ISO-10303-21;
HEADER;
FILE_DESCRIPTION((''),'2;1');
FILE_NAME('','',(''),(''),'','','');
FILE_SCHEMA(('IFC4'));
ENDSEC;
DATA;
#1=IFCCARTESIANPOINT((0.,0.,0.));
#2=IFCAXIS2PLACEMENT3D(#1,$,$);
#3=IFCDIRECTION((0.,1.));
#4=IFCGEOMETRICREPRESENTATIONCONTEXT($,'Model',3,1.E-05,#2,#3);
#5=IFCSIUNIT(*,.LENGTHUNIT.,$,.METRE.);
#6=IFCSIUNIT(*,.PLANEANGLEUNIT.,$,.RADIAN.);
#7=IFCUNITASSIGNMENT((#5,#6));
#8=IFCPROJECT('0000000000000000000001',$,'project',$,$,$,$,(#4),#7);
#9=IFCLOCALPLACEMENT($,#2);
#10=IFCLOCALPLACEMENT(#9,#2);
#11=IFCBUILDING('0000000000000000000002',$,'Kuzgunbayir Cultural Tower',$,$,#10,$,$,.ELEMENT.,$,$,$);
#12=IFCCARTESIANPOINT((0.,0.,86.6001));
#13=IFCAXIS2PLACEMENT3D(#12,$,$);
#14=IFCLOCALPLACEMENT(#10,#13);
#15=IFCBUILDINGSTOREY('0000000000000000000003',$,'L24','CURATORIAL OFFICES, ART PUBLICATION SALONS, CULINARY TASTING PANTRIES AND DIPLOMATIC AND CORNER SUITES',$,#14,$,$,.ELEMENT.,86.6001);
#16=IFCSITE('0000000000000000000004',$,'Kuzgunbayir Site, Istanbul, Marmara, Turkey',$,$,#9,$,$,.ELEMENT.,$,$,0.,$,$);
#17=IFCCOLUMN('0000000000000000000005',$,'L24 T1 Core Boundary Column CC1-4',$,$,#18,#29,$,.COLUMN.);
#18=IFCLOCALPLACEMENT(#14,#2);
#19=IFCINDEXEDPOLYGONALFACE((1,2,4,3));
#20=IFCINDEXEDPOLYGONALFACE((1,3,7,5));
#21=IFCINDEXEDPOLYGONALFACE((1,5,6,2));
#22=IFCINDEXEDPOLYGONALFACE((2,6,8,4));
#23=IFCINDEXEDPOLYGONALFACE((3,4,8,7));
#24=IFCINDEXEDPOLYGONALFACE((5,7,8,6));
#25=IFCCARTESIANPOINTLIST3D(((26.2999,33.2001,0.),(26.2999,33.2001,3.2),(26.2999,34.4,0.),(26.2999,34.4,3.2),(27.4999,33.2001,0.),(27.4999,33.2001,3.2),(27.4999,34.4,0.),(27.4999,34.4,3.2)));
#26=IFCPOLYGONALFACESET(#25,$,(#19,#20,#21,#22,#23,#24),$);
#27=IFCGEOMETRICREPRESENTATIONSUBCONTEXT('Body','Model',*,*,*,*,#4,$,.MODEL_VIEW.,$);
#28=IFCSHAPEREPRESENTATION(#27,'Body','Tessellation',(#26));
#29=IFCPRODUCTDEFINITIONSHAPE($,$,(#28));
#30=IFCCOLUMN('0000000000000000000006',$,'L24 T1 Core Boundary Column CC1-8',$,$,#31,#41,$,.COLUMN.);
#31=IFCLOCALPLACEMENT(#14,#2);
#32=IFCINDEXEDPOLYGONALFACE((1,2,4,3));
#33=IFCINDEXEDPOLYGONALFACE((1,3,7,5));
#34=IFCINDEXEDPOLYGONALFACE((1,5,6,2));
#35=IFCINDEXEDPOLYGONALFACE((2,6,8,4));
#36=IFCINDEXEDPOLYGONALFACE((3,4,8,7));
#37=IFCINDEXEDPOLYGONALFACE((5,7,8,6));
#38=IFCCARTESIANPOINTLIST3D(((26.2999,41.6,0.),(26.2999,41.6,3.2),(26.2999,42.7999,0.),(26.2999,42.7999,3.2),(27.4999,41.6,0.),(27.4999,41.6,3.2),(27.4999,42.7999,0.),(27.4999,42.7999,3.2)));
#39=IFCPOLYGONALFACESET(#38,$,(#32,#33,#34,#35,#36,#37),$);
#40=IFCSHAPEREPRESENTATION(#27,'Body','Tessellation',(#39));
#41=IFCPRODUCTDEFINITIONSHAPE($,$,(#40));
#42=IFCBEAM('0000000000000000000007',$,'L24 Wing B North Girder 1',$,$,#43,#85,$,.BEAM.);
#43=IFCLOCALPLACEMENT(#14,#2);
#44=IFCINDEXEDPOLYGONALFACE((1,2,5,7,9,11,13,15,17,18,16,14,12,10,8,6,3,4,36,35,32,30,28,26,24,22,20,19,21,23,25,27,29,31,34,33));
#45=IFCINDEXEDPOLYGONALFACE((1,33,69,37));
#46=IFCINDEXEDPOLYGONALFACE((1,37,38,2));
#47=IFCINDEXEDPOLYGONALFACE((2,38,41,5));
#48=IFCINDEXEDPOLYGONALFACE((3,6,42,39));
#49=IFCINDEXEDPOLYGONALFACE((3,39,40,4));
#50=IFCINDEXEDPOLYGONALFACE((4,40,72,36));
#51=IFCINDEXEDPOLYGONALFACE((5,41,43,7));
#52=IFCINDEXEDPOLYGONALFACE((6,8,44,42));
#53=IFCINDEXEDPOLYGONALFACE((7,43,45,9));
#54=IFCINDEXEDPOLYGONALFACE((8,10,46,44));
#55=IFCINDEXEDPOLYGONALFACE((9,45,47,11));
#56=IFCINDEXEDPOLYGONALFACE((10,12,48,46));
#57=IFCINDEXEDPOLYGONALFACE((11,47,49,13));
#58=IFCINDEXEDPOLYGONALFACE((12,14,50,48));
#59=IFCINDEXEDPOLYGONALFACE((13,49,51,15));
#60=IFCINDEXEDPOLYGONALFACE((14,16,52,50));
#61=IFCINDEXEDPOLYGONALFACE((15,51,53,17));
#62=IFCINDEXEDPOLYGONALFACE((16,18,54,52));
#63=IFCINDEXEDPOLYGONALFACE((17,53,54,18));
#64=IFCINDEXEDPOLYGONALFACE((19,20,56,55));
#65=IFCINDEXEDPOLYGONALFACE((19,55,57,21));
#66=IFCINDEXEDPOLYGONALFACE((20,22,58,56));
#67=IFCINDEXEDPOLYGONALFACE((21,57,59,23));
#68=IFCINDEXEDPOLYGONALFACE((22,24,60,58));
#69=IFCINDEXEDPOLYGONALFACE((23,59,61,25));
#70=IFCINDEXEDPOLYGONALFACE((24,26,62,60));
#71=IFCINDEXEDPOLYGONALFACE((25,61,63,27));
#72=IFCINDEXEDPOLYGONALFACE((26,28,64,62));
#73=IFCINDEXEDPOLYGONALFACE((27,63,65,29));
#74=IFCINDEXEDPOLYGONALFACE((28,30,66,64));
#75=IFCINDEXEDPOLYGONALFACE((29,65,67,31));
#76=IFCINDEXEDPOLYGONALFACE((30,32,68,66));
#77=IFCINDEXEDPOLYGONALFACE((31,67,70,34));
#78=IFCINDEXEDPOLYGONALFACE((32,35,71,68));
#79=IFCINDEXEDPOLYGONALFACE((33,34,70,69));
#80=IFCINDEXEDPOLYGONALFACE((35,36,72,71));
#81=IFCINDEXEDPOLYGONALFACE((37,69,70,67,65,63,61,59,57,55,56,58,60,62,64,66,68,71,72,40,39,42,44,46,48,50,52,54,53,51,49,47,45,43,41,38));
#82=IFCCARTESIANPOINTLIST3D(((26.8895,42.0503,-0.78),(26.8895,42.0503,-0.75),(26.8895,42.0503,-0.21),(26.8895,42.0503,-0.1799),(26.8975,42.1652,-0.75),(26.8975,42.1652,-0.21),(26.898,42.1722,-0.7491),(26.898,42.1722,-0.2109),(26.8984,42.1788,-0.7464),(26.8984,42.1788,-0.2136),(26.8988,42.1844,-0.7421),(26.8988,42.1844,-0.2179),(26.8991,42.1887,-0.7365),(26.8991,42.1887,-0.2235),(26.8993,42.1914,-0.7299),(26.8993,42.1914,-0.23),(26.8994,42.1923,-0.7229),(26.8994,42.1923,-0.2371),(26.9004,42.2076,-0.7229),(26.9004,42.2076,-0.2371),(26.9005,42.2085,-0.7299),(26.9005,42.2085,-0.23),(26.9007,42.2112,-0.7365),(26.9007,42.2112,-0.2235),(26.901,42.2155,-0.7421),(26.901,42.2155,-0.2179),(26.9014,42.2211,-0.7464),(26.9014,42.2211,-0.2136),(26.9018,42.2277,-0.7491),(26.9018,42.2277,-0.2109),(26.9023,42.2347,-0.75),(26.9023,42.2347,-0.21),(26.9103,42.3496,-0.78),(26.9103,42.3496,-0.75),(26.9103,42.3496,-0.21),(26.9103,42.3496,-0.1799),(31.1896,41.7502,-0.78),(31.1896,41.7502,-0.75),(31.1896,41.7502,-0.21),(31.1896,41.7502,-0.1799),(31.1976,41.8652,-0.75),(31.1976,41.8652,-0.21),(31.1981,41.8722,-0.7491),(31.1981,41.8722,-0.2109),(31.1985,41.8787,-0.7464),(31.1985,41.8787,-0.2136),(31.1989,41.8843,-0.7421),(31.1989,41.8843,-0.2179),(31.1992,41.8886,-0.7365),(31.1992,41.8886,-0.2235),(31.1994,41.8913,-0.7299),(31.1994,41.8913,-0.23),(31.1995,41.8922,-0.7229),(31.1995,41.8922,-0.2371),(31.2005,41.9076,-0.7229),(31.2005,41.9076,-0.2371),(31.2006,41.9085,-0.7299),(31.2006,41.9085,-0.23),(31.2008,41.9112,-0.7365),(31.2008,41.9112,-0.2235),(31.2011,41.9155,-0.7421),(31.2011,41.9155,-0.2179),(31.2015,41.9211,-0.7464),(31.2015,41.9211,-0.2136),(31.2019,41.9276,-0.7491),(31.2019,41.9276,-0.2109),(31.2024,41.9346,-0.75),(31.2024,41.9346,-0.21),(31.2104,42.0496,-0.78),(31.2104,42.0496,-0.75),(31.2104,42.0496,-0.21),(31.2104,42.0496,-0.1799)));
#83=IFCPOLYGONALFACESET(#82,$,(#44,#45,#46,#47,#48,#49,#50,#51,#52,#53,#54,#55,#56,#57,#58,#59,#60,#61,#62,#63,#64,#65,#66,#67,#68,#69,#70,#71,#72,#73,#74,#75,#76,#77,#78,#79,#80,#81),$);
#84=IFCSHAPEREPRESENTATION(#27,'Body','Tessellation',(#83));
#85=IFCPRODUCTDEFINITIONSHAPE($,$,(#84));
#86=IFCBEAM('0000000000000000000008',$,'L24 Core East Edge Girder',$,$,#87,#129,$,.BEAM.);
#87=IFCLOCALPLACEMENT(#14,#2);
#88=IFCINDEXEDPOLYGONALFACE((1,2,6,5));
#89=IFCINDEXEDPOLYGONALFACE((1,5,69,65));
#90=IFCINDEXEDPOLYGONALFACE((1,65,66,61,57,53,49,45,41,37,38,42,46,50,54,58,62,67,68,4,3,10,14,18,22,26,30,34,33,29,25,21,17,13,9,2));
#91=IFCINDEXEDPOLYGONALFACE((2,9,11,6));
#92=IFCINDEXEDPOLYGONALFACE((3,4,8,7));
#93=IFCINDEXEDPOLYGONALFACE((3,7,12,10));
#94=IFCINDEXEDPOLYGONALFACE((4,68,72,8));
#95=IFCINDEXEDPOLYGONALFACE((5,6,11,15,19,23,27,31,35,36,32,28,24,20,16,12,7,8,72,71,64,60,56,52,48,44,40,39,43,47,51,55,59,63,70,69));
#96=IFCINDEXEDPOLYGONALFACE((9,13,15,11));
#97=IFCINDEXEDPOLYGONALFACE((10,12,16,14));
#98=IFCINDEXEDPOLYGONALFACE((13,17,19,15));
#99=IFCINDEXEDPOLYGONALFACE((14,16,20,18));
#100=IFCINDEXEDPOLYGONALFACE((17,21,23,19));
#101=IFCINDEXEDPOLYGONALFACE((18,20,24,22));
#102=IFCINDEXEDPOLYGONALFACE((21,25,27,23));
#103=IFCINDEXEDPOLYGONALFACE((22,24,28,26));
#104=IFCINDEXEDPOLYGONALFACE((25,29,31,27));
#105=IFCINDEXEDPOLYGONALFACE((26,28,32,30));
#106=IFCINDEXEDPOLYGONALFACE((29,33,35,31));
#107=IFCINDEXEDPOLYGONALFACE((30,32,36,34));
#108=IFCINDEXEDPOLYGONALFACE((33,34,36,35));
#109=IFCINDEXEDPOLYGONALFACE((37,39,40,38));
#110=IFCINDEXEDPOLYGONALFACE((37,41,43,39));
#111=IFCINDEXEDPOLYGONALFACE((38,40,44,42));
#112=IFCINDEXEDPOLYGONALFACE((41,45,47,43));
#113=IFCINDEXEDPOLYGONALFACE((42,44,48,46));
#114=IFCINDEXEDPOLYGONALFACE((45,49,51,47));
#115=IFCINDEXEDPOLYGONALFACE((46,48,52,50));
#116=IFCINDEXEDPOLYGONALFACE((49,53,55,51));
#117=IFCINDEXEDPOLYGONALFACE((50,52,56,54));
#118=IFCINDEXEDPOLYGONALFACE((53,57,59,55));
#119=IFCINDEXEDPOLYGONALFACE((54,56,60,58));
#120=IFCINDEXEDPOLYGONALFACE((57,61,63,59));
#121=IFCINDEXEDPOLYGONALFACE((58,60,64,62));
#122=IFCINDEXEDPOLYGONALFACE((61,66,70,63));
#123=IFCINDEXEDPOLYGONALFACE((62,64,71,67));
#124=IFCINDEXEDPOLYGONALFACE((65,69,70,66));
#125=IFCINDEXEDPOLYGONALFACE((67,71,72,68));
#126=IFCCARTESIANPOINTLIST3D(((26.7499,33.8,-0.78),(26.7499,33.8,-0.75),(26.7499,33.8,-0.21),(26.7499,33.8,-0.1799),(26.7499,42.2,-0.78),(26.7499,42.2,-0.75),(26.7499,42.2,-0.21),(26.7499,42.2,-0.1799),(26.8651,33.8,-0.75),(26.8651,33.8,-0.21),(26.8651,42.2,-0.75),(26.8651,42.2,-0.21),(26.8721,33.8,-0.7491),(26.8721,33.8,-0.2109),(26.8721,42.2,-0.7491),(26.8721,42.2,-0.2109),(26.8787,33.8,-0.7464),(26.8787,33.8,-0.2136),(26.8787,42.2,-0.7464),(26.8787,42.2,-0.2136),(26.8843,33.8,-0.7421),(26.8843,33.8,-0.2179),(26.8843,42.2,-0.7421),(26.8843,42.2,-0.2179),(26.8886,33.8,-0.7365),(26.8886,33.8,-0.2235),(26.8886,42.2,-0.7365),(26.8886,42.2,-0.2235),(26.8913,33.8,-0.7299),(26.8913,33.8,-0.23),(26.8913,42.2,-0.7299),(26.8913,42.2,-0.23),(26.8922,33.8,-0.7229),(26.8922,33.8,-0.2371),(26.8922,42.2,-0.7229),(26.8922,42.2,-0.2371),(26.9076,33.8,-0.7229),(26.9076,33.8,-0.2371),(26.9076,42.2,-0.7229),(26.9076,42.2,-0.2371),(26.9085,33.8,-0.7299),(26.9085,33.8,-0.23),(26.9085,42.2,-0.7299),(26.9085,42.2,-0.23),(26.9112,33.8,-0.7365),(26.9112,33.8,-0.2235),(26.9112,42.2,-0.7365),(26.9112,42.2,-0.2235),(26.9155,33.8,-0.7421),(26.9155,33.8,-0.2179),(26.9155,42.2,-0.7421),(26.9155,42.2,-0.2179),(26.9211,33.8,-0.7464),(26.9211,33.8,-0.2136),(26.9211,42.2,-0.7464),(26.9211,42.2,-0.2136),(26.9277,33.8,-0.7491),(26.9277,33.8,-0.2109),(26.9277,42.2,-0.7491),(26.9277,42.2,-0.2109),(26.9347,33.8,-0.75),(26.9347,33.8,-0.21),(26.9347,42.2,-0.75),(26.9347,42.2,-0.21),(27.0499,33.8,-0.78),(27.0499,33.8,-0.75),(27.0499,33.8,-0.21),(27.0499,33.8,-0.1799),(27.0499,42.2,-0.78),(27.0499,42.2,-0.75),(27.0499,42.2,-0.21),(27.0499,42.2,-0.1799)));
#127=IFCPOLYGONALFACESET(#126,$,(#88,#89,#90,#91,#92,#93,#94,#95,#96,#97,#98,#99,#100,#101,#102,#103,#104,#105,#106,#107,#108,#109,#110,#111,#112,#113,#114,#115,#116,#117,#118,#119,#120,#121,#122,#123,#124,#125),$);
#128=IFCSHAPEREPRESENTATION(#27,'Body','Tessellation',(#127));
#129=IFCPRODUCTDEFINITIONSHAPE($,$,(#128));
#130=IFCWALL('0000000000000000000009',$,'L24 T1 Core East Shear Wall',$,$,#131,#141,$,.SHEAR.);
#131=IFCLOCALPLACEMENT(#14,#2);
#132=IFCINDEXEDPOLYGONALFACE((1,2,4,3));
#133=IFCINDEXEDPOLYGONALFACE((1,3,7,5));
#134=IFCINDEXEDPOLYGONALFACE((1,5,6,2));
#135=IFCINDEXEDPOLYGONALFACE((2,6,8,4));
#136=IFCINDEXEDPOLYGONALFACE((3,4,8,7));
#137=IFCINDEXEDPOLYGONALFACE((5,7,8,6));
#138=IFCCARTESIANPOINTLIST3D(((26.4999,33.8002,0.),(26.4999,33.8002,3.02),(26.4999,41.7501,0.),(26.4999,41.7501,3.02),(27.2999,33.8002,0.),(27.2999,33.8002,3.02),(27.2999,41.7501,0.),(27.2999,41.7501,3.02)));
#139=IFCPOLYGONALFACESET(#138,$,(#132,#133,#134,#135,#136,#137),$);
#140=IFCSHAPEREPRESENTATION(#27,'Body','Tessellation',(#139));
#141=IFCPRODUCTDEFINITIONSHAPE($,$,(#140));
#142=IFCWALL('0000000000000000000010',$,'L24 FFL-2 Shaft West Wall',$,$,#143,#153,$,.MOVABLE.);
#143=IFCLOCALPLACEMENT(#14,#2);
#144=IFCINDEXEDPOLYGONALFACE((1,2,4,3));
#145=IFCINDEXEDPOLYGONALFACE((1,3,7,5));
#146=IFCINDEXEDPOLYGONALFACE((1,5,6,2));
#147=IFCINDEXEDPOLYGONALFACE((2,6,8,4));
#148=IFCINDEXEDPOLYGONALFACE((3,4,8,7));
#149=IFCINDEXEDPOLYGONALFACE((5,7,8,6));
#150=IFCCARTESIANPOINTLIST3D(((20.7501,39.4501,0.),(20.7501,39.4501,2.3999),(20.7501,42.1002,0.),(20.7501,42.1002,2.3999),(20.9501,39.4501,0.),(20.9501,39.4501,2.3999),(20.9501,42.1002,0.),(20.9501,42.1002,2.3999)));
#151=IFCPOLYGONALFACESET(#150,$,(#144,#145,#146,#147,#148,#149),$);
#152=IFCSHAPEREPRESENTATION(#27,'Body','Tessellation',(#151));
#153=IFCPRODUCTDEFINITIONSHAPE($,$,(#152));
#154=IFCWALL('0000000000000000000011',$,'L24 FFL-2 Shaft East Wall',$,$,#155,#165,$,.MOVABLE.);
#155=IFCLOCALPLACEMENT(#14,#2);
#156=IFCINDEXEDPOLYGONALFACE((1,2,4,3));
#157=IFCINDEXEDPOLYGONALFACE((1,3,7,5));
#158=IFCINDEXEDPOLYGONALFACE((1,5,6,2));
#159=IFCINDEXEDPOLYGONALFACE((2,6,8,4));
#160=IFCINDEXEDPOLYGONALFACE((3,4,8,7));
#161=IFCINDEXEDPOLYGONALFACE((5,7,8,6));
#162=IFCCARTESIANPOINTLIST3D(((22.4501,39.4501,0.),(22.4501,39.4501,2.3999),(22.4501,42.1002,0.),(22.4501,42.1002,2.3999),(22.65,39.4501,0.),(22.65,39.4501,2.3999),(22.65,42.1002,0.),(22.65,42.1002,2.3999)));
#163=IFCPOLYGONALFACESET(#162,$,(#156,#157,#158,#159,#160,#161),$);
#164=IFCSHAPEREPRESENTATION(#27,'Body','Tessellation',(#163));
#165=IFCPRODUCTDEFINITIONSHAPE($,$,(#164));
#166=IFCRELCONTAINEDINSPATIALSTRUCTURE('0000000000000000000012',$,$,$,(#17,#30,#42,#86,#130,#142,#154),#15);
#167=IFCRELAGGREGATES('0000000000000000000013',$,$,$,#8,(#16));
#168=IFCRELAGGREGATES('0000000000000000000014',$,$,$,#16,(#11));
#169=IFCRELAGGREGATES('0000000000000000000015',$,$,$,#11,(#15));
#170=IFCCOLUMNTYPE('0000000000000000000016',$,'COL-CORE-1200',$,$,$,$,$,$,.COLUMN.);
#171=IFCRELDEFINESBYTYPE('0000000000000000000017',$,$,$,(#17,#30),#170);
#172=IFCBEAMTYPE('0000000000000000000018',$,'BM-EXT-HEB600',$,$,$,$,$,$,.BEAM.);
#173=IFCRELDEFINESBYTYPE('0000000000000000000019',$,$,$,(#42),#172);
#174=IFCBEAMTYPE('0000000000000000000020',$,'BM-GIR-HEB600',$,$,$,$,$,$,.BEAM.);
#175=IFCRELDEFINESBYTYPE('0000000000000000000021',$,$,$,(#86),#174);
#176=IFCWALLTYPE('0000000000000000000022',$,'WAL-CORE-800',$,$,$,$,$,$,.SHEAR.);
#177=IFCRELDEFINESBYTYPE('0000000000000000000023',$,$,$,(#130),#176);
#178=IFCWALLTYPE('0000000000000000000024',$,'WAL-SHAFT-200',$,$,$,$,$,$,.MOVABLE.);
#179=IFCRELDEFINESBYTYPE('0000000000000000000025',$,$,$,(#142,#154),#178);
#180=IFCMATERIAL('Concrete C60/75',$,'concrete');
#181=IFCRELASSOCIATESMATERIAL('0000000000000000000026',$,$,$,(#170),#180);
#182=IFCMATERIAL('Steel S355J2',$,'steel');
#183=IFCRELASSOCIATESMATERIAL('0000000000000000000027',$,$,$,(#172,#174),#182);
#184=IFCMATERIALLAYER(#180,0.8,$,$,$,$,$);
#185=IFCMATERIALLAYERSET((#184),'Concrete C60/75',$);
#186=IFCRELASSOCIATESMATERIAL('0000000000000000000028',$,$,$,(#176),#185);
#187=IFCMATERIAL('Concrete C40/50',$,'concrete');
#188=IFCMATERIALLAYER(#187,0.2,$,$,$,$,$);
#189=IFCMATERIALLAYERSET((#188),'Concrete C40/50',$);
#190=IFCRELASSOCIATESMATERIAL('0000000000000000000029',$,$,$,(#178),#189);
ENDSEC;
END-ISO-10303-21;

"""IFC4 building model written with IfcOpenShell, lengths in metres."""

from ifc_helpers import new_model, si_unit, direction, frame, frame_2d, origin, origin_2d, place, context, subcontext, project, spatial, rectangle, i_section, extrude, material, layer, layer_set, material_profile, profile_set, type_object, element, save


model = new_model("IFC4")

# Units and contexts
model_context = context("Model", 3, precision=1e-05, world=origin(), true_north=direction((0.0, 1.0)))
body_context = subcontext(model_context, "Body", "Model", "MODEL_VIEW")
ifc_project = project(units=[si_unit("LENGTHUNIT", "METRE"), si_unit("PLANEANGLEUNIT", "RADIAN")], contexts=[model_context])

# Site, building, storey
site_placement = place(None, origin())
site = spatial("IfcSite", under=ifc_project, at=site_placement, Name="Kuzgunbayir Site, Istanbul, Marmara, Turkey", CompositionType="ELEMENT", RefElevation=0.0)
building_placement = place(site_placement, origin())
building = spatial("IfcBuilding", under=site, at=building_placement, Name="Kuzgunbayir Cultural Tower", CompositionType="ELEMENT")
storey_placement = place(building_placement, frame((0.0, 0.0, 86.6001)))
storey = spatial("IfcBuildingStorey", under=building, at=storey_placement, Name="L24", Description="CURATORIAL OFFICES, ART PUBLICATION SALONS, CULINARY TASTING PANTRIES AND DIPLOMATIC AND CORNER SUITES", CompositionType="ELEMENT", Elevation=86.6001)

# Columns
ifc_material_1 = material(Name="Concrete C60/75", Category="concrete")
ifc_material_profile_1 = material_profile(ifc_material_1, rectangle(XDim=1.2, YDim=1.2, at=origin_2d()), Name="RC 1200x1200")
ifc_profile_set_1 = profile_set([ifc_material_profile_1], Name="Concrete C60/75")
column_type = type_object("IfcColumnType", Name="COL-CORE-1200", PredefinedType="COLUMN", material=ifc_profile_set_1)
for number, where, z_axis, x_axis, name in (
    (1, (26.8999, 33.8, 0.0), (0.0, 0.0, 1.0), (1.0, 0.0, 0.0), "L24 T1 Core Boundary Column CC1-4"),
    (2, (26.8999, 42.2, 0.0), (0.0, 0.0, 1.0), (1.0, 0.0, 0.0), "L24 T1 Core Boundary Column CC1-8"),
):
    element("IfcColumn", number, at=place(storey_placement, frame(where, z_axis=z_axis, x_axis=x_axis)), inside=storey, type_object=column_type, Name=name, PredefinedType="COLUMN", context=body_context, shape_type="SweptSolid", body=[
        extrude(rectangle(XDim=1.2, YDim=1.2, at=origin_2d()), origin(), (0.0, 0.0, 1.0), 3.2),
    ])

# Beams
ifc_material_2 = material(Name="Steel S355J2", Category="steel")
ifc_material_profile_2 = material_profile(ifc_material_2, i_section(OverallWidth=0.3, OverallDepth=0.6001, WebThickness=0.0154, FlangeThickness=0.03, FilletRadius=0.0271, at=origin_2d()), Name="HEB 600")
ifc_profile_set_2 = profile_set([ifc_material_profile_2], Name="Steel S355J2")
beam_type_1 = type_object("IfcBeamType", Name="BM-EXT-HEB600", PredefinedType="BEAM", material=ifc_profile_set_2)
beam_1_placement = place(storey_placement, frame((26.8999, 42.2, -0.48), z_axis=(0.997574, -0.069609, 0.0), x_axis=(0.069609, 0.997574, 0.0)))
element("IfcBeam", 3, at=beam_1_placement, inside=storey, type_object=beam_type_1, Name="L24 Wing B North Girder 1", PredefinedType="BEAM", context=body_context, shape_type="SweptSolid", body=[
    extrude(i_section(OverallWidth=0.3, OverallDepth=0.6001, WebThickness=0.0154, FlangeThickness=0.03, FilletRadius=0.0271, at=origin_2d()), origin(), (0.0, 0.0, 1.0), 4.3105),
])
ifc_material_profile_3 = material_profile(ifc_material_2, i_section(OverallWidth=0.3, OverallDepth=0.6001, WebThickness=0.0154, FlangeThickness=0.03, FilletRadius=0.0271, at=origin_2d()), Name="HEB 600")
ifc_profile_set_3 = profile_set([ifc_material_profile_3], Name="Steel S355J2")
beam_type_2 = type_object("IfcBeamType", Name="BM-GIR-HEB600", PredefinedType="BEAM", material=ifc_profile_set_3)
beam_2_placement = place(storey_placement, frame((26.8999, 33.8, -0.48), z_axis=(0.0, 1.0, 0.0), x_axis=(-1.0, 0.0, 0.0)))
element("IfcBeam", 4, at=beam_2_placement, inside=storey, type_object=beam_type_2, Name="L24 Core East Edge Girder", PredefinedType="BEAM", context=body_context, shape_type="SweptSolid", body=[
    extrude(i_section(OverallWidth=0.3, OverallDepth=0.6001, WebThickness=0.0154, FlangeThickness=0.03, FilletRadius=0.0271, at=origin_2d()), origin(), (0.0, 0.0, 1.0), 8.3999),
])

# Walls
ifc_layer_1 = layer(ifc_material_1, 0.8)
ifc_layer_set_1 = layer_set([ifc_layer_1], Name="Concrete C60/75")
wall_type_1 = type_object("IfcWallType", Name="WAL-CORE-800", PredefinedType="SHEAR", material=ifc_layer_set_1)
wall_1_placement = place(storey_placement, frame((26.8999, 33.8, 0.0), z_axis=(0.0, 0.0, 1.0), x_axis=(0.0, 1.0, 0.0)))
element("IfcWall", 5, at=wall_1_placement, inside=storey, type_object=wall_type_1, Name="L24 T1 Core East Shear Wall", PredefinedType="SHEAR", context=body_context, shape_type="SweptSolid", body=[
    extrude(rectangle(XDim=7.95, YDim=0.8, at=frame_2d((3.9751, 0.0))), origin(), (0.0, 0.0, 1.0), 3.02),
])
ifc_material_3 = material(Name="Concrete C40/50", Category="concrete")
ifc_layer_2 = layer(ifc_material_3, 0.2)
ifc_layer_set_2 = layer_set([ifc_layer_2], Name="Concrete C40/50")
wall_type_2 = type_object("IfcWallType", Name="WAL-SHAFT-200", PredefinedType="MOVABLE", material=ifc_layer_set_2)
for number, where, z_axis, x_axis, name in (
    (6, (20.8501, 39.45, 0.0), (0.0, 0.0, 1.0), (0.0, 1.0, 0.0), "L24 FFL-2 Shaft West Wall"),
    (7, (22.55, 39.45, 0.0), (0.0, 0.0, 1.0), (0.0, 1.0, 0.0), "L24 FFL-2 Shaft East Wall"),
):
    element("IfcWall", number, at=place(storey_placement, frame(where, z_axis=z_axis, x_axis=x_axis)), inside=storey, type_object=wall_type_2, Name=name, PredefinedType="MOVABLE", context=body_context, shape_type="SweptSolid", body=[
        extrude(rectangle(XDim=2.6501, YDim=0.2, at=frame_2d((1.3252, 0.0))), origin(), (0.0, 0.0, 1.0), 2.3999),
    ])

save(model, "model.ifc")
